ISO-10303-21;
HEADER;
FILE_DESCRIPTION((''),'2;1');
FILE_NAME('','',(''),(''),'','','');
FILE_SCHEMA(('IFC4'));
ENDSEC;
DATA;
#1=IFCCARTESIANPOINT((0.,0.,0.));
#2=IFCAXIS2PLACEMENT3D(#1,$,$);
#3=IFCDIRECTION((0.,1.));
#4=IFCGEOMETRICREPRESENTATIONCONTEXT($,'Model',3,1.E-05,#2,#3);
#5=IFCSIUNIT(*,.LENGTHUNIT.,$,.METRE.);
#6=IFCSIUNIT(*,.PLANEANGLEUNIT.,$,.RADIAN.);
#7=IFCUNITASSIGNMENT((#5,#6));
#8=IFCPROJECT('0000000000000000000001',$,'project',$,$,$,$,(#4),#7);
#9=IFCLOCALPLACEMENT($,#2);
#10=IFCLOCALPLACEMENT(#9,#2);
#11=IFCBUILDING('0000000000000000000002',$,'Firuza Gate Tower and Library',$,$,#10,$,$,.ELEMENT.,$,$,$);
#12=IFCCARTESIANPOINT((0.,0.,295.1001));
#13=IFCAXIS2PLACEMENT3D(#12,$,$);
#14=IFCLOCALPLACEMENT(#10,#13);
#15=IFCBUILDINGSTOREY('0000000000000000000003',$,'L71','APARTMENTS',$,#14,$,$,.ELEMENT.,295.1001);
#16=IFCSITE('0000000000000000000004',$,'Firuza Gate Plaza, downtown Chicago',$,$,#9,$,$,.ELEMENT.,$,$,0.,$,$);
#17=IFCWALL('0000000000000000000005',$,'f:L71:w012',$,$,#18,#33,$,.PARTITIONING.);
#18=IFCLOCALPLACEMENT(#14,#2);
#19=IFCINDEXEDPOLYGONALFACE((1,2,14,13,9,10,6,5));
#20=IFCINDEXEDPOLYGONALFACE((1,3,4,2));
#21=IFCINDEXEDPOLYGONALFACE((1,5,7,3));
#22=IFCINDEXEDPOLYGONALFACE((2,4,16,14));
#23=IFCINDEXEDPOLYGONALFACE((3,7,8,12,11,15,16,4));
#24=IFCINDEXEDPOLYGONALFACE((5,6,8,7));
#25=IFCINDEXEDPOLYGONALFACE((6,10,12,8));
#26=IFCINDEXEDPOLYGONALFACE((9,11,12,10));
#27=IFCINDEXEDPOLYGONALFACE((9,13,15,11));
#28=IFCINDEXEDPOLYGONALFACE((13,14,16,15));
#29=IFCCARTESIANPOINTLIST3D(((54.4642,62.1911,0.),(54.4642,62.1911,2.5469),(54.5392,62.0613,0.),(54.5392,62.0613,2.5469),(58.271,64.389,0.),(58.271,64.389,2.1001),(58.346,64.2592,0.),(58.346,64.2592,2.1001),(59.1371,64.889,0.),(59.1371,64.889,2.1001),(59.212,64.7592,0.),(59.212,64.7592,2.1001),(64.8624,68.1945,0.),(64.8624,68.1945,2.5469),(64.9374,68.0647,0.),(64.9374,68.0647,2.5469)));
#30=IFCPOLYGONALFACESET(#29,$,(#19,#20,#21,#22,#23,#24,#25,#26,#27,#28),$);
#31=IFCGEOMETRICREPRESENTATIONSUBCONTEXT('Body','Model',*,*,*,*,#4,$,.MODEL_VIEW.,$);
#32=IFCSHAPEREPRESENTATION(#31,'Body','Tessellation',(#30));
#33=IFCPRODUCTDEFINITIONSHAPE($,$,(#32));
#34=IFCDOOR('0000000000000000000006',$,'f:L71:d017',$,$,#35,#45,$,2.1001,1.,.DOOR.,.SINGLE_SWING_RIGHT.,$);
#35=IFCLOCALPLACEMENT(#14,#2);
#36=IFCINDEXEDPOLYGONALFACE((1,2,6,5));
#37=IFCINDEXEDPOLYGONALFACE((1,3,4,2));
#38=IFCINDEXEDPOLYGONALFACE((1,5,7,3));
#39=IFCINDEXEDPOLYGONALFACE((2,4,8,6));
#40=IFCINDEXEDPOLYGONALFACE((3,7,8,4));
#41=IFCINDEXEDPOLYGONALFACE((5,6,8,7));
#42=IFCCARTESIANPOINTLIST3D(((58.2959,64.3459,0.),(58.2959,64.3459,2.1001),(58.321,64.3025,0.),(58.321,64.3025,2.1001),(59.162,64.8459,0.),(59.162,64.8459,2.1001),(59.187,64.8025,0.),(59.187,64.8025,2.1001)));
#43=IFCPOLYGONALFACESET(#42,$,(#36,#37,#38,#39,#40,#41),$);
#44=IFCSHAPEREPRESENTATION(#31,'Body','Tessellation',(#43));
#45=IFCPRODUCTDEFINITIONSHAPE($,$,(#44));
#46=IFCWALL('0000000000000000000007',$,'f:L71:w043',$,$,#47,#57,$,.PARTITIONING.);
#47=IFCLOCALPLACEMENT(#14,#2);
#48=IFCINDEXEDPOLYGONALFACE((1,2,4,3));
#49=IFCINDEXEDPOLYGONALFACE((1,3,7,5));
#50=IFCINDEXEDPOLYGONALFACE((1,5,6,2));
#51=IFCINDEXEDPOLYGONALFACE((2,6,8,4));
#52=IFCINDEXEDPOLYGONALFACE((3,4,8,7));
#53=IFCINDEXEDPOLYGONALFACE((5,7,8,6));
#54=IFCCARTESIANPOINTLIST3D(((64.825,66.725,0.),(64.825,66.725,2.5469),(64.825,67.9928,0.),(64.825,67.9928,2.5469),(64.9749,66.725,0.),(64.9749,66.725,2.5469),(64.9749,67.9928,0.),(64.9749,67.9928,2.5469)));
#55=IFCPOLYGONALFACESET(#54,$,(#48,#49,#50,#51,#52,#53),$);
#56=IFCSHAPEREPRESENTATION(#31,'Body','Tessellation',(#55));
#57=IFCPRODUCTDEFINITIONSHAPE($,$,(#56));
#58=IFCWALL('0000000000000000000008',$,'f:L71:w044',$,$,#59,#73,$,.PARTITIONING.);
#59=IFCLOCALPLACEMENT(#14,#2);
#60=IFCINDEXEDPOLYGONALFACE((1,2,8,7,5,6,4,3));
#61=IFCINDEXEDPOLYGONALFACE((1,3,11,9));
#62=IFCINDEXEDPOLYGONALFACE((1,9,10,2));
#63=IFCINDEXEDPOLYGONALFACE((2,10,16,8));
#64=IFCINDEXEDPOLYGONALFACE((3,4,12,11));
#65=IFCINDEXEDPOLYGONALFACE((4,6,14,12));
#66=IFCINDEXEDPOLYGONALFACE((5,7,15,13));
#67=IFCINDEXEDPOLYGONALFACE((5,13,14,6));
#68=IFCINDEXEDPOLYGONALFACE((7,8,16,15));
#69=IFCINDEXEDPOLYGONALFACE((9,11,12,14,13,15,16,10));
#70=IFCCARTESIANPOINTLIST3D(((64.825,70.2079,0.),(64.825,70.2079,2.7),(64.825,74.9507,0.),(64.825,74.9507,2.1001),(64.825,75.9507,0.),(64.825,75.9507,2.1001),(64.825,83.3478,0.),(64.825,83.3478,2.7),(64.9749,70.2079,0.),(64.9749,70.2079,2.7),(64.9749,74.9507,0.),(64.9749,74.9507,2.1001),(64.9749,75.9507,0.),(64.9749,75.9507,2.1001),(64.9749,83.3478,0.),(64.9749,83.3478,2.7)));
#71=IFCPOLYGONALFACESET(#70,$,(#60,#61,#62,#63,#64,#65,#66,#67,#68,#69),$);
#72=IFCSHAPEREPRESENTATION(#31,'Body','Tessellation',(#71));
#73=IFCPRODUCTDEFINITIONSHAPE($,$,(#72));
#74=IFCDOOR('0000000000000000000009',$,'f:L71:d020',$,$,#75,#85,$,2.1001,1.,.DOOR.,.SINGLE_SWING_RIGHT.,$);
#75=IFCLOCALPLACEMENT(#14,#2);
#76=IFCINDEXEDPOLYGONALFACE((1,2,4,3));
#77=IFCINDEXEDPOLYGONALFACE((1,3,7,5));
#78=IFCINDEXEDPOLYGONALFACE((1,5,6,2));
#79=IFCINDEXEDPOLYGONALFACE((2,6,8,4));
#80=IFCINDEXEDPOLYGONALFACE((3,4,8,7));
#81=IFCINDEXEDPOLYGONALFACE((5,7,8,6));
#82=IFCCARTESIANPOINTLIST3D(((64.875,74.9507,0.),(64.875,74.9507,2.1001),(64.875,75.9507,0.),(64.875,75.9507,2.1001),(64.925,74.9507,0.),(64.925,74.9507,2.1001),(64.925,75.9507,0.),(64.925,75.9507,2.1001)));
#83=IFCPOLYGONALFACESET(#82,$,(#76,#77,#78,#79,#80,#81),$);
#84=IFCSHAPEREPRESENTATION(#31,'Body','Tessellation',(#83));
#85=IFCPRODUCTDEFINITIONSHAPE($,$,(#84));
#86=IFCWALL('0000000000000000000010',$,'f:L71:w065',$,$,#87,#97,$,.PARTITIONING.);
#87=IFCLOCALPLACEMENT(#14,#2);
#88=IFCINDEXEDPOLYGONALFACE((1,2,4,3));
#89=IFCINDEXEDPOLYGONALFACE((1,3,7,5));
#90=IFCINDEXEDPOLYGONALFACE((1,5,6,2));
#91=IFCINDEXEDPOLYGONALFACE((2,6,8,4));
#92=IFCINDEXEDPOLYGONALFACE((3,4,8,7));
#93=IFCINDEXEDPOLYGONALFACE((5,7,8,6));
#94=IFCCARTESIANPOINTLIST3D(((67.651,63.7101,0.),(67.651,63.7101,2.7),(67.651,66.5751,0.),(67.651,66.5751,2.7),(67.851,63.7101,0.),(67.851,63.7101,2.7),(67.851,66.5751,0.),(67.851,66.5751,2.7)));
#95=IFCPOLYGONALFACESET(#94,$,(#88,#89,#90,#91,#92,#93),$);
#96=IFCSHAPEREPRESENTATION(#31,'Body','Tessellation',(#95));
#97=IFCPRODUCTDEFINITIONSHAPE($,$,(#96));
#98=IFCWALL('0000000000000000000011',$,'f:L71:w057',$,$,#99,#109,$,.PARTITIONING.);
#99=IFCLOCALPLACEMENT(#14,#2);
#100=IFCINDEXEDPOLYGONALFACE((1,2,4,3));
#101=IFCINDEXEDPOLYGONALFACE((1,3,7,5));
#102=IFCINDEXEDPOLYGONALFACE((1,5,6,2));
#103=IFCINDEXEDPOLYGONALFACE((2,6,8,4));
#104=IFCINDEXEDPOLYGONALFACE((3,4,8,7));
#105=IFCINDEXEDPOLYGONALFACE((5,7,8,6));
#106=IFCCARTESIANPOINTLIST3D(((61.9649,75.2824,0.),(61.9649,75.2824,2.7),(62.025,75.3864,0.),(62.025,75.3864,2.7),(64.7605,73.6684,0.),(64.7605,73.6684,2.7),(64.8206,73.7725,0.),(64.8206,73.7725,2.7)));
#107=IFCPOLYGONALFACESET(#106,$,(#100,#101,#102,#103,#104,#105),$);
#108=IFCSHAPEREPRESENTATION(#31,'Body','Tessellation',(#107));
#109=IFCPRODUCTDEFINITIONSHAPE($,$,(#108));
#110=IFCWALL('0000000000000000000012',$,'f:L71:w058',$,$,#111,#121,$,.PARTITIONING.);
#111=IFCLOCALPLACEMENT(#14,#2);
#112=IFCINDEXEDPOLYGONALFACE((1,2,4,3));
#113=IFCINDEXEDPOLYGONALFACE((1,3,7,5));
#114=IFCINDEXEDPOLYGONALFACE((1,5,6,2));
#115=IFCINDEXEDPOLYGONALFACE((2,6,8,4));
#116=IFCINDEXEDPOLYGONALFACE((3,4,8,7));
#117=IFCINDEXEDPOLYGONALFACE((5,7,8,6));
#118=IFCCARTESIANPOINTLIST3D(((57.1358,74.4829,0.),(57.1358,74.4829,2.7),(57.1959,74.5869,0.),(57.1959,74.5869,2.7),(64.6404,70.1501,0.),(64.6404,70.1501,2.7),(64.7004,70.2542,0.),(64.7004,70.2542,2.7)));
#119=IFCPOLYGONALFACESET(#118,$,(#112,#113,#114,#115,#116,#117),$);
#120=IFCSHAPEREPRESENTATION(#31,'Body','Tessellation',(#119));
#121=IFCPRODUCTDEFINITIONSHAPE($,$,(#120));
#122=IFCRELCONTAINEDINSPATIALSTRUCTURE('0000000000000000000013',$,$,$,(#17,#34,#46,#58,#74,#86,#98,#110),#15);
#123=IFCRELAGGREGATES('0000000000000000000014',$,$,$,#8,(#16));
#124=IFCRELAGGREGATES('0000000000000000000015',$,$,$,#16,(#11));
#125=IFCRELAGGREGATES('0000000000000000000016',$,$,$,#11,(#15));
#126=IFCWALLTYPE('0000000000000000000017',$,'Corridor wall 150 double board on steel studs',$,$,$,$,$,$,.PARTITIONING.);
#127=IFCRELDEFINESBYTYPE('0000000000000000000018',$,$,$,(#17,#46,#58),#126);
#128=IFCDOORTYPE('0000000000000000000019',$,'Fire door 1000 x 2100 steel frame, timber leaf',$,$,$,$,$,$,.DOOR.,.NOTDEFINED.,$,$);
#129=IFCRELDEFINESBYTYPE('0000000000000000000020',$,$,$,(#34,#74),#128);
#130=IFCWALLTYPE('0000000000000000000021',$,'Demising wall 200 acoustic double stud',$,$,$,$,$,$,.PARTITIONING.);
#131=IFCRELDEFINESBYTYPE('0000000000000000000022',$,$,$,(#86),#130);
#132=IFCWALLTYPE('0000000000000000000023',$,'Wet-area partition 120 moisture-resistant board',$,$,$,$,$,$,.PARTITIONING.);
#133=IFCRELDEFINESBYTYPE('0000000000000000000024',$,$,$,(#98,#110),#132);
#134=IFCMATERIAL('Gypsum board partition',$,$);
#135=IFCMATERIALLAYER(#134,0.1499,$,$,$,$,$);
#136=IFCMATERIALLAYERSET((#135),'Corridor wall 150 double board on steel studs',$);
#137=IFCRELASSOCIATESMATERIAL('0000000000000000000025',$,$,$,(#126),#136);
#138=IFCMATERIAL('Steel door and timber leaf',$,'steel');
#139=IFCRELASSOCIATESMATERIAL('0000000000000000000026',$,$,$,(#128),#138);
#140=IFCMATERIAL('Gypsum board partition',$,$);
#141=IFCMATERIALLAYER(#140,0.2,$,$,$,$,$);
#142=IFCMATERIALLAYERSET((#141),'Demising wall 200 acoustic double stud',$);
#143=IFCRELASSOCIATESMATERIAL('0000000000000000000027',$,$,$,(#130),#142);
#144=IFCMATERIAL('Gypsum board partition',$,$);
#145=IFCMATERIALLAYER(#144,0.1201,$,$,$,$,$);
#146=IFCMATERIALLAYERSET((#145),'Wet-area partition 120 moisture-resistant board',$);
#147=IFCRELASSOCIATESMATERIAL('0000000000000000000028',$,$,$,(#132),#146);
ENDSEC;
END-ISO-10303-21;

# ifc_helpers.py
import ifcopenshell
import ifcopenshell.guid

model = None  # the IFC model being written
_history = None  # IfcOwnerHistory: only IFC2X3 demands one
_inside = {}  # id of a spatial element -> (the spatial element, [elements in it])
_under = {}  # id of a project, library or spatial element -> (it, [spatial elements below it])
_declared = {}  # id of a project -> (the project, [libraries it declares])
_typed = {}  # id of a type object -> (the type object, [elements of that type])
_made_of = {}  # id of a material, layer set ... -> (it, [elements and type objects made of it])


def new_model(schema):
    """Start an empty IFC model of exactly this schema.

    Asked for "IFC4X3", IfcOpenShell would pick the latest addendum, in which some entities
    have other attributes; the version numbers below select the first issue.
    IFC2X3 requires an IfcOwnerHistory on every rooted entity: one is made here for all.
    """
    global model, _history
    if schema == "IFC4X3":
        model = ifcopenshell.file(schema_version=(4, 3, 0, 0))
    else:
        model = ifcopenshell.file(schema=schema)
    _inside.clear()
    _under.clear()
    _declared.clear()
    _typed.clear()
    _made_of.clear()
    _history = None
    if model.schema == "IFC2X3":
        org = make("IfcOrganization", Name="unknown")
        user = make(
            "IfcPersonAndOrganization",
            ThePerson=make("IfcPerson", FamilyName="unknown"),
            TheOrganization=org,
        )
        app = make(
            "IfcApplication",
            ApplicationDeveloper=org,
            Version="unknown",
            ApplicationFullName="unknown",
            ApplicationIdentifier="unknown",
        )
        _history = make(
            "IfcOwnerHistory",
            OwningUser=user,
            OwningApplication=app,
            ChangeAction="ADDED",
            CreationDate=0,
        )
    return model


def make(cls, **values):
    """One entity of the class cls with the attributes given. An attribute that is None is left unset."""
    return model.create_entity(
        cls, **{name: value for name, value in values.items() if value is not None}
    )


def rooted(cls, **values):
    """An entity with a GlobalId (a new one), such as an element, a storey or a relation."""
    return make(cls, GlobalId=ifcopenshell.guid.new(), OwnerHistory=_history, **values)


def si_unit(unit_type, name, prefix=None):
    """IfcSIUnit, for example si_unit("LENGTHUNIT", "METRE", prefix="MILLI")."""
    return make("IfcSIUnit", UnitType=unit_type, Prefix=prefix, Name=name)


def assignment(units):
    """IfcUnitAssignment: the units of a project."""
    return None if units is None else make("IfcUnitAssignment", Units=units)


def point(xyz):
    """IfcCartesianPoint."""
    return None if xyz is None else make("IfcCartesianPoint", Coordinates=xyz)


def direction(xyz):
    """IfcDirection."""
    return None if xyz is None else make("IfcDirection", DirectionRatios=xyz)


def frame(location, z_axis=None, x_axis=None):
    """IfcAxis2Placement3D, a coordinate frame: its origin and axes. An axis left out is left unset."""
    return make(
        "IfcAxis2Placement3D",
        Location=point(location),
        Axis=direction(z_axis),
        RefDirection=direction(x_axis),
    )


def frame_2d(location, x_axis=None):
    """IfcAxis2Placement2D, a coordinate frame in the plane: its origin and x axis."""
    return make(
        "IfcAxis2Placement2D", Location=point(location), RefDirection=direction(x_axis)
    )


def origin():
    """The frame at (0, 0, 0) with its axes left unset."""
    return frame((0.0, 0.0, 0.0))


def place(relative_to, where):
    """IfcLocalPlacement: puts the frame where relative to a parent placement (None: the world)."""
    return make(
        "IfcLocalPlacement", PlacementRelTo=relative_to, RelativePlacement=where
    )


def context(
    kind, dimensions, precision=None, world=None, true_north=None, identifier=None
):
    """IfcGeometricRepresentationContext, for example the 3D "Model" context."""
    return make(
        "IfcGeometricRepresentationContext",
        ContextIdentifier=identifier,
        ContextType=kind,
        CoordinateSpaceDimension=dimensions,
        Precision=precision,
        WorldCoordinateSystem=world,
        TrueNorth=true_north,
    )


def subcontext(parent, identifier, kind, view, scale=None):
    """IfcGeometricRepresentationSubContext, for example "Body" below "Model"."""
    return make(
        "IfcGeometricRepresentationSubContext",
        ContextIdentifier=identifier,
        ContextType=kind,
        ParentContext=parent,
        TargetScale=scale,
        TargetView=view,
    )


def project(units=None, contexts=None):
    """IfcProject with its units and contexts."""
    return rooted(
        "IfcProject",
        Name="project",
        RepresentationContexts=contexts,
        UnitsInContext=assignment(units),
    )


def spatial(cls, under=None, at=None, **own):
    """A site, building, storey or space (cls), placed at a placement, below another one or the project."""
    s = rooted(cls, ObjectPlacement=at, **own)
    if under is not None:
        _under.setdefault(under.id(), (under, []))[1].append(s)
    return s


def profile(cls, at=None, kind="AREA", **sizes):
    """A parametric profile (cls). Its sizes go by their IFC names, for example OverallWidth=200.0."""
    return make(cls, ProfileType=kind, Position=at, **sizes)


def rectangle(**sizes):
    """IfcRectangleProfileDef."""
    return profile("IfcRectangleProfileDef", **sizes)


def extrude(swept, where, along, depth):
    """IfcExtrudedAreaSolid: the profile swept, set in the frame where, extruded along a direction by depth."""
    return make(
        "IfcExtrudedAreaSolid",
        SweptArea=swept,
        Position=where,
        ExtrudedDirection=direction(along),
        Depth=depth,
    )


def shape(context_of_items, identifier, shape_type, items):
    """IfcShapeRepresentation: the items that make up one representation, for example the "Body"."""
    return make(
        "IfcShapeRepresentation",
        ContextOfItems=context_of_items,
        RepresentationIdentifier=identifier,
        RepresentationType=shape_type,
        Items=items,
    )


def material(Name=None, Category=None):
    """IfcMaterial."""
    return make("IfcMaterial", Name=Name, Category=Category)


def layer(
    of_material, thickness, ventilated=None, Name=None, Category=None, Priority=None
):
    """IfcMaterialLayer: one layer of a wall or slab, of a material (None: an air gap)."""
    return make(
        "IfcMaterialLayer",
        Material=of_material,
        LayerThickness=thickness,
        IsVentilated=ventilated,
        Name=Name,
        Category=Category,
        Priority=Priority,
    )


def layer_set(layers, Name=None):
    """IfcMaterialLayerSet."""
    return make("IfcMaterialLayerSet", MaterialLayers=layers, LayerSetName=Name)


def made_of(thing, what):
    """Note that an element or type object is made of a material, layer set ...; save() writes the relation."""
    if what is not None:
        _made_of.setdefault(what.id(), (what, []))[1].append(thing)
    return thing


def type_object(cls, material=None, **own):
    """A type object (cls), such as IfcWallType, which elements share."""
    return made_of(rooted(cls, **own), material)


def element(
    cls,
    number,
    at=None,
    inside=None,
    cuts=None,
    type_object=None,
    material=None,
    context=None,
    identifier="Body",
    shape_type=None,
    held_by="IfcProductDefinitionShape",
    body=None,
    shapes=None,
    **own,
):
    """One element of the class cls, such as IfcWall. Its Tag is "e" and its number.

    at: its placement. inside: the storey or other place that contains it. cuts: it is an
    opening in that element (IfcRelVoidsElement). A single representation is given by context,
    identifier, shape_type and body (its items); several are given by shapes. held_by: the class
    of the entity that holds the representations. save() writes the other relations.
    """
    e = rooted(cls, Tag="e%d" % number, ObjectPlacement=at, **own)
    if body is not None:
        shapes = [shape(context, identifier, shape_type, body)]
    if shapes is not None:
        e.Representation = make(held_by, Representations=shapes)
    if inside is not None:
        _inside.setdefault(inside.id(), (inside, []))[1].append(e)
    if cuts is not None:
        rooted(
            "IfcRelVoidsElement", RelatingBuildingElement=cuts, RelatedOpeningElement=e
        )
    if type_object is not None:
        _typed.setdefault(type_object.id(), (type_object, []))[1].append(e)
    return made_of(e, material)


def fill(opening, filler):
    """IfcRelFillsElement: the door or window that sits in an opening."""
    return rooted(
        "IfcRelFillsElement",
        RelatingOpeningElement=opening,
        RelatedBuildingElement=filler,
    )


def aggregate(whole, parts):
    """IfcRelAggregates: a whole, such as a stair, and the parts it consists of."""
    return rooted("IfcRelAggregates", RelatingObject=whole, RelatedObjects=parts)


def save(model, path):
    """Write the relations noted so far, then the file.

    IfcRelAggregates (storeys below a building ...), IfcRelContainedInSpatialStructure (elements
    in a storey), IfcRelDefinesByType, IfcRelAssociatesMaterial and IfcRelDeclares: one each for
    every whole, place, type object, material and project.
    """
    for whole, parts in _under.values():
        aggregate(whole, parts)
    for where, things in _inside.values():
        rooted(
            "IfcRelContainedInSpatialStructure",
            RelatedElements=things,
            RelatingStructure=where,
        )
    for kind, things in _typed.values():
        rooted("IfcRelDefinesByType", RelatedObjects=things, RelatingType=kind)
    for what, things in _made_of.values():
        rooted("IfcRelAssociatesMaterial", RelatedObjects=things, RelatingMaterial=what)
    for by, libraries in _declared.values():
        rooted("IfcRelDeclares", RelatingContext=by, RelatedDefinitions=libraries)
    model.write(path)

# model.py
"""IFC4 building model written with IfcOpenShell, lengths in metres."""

from ifc_helpers import new_model, si_unit, direction, frame, frame_2d, origin, place, context, subcontext, project, spatial, rectangle, extrude, material, layer, layer_set, type_object, element, fill, save


model = new_model("IFC4")

# Units and contexts
model_context = context("Model", 3, precision=1e-05, world=origin(), true_north=direction((0.0, 1.0)))
body_context = subcontext(model_context, "Body", "Model", "MODEL_VIEW")
ifc_project = project(units=[si_unit("LENGTHUNIT", "METRE"), si_unit("PLANEANGLEUNIT", "RADIAN")], contexts=[model_context])

# Site, building, storey
site_placement = place(None, origin())
site = spatial("IfcSite", under=ifc_project, at=site_placement, Name="Firuza Gate Plaza, downtown Chicago", CompositionType="ELEMENT", RefElevation=0.0)
building_placement = place(site_placement, origin())
building = spatial("IfcBuilding", under=site, at=building_placement, Name="Firuza Gate Tower and Library", CompositionType="ELEMENT")
storey_placement = place(building_placement, frame((0.0, 0.0, 295.1001)))
storey = spatial("IfcBuildingStorey", under=building, at=storey_placement, Name="L71", Description="APARTMENTS", CompositionType="ELEMENT", Elevation=295.1001)

# Wall, opening, door
ifc_material_1 = material(Name="Gypsum board partition")
ifc_layer_1 = layer(ifc_material_1, 0.1499)
ifc_layer_set_1 = layer_set([ifc_layer_1], Name="Corridor wall 150 double board on steel studs")
wall_type_1 = type_object("IfcWallType", Name="Corridor wall 150 double board on steel studs", PredefinedType="PARTITIONING", material=ifc_layer_set_1)
wall_1_placement = place(storey_placement, frame((64.8999, 68.1296, 0.0), z_axis=(0.0, 0.0, 1.0), x_axis=(-0.866025, -0.500001, 0.0)))
wall_1 = element("IfcWall", 1, at=wall_1_placement, inside=storey, type_object=wall_type_1, Name="f:L71:w012", PredefinedType="PARTITIONING", context=body_context, shape_type="SweptSolid", body=[
    extrude(rectangle(XDim=12.0068, YDim=0.1499, at=frame_2d((6.0034, 0.0))), origin(), (0.0, 0.0, 1.0), 2.5469),
])
opening_1_placement = place(wall_1_placement, frame((6.6111, 0.0, 0.0)))
opening_1 = element("IfcOpeningElement", 2, at=opening_1_placement, cuts=wall_1, PredefinedType="OPENING", context=body_context, shape_type="SweptSolid", body=[
    extrude(rectangle(XDim=1.0, YDim=2.1001, at=frame_2d((0.5, 1.05))), frame((0.0, 0.085, 0.0), z_axis=(0.0, -1.0, 0.0), x_axis=(1.0, 0.0, 0.0)), (0.0, 0.0, 1.0), 0.1699),
])
ifc_material_2 = material(Name="Steel door and timber leaf", Category="steel")
door_type_1 = type_object("IfcDoorType", Name="Fire door 1000 x 2100 steel frame, timber leaf", OperationType="NOTDEFINED", PredefinedType="DOOR", material=ifc_material_2)
door_1_placement = place(opening_1_placement, origin())
door_1 = element("IfcDoor", 3, at=door_1_placement, inside=storey, type_object=door_type_1, Name="f:L71:d017", OperationType="SINGLE_SWING_RIGHT", OverallHeight=2.1001, OverallWidth=1.0, PredefinedType="DOOR", context=body_context, shape_type="SweptSolid", body=[
    extrude(rectangle(XDim=1.0, YDim=2.1001, at=frame_2d((0.5, 1.05))), frame((0.0, 0.0249, 0.0), z_axis=(0.0, -1.0, 0.0), x_axis=(1.0, 0.0, 0.0)), (0.0, 0.0, 1.0), 0.05),
])
fill(opening_1, door_1)

# Wall
wall_2_placement = place(storey_placement, frame((64.8999, 66.7251, 0.0), z_axis=(0.0, 0.0, 1.0), x_axis=(0.0, 1.0, 0.0)))
element("IfcWall", 4, at=wall_2_placement, inside=storey, type_object=wall_type_1, Name="f:L71:w043", PredefinedType="PARTITIONING", context=body_context, shape_type="SweptSolid", body=[
    extrude(rectangle(XDim=1.2678, YDim=0.1499, at=frame_2d((0.6338, 0.0))), origin(), (0.0, 0.0, 1.0), 2.5469),
])

# Wall, opening, door
wall_3_placement = place(storey_placement, frame((64.8999, 70.208, 0.0), z_axis=(0.0, 0.0, 1.0), x_axis=(0.0, 1.0, 0.0)))
wall_3 = element("IfcWall", 5, at=wall_3_placement, inside=storey, type_object=wall_type_1, Name="f:L71:w044", PredefinedType="PARTITIONING", context=body_context, shape_type="SweptSolid", body=[
    extrude(rectangle(XDim=13.1399, YDim=0.1499, at=frame_2d((6.5698, 0.0))), origin(), (0.0, 0.0, 1.0), 2.7),
])
opening_2_placement = place(wall_3_placement, frame((4.7427, 0.0, 0.0)))
opening_2 = element("IfcOpeningElement", 6, at=opening_2_placement, cuts=wall_3, PredefinedType="OPENING", context=body_context, shape_type="SweptSolid", body=[
    extrude(rectangle(XDim=1.0, YDim=2.1001, at=frame_2d((0.5, 1.05))), frame((0.0, 0.085, 0.0), z_axis=(0.0, -1.0, 0.0), x_axis=(1.0, 0.0, 0.0)), (0.0, 0.0, 1.0), 0.1699),
])
door_2_placement = place(opening_2_placement, origin())
door_2 = element("IfcDoor", 7, at=door_2_placement, inside=storey, type_object=door_type_1, Name="f:L71:d020", OperationType="SINGLE_SWING_RIGHT", OverallHeight=2.1001, OverallWidth=1.0, PredefinedType="DOOR", context=body_context, shape_type="SweptSolid", body=[
    extrude(rectangle(XDim=1.0, YDim=2.1001, at=frame_2d((0.5, 1.05))), frame((0.0, 0.0249, 0.0), z_axis=(0.0, -1.0, 0.0), x_axis=(1.0, 0.0, 0.0)), (0.0, 0.0, 1.0), 0.05),
])
fill(opening_2, door_2)

# Walls
ifc_material_3 = material(Name="Gypsum board partition")
ifc_layer_2 = layer(ifc_material_3, 0.2)
ifc_layer_set_2 = layer_set([ifc_layer_2], Name="Demising wall 200 acoustic double stud")
wall_type_2 = type_object("IfcWallType", Name="Demising wall 200 acoustic double stud", PredefinedType="PARTITIONING", material=ifc_layer_set_2)
wall_4_placement = place(storey_placement, frame((67.751, 63.71, 0.0), z_axis=(0.0, 0.0, 1.0), x_axis=(0.0, 1.0, 0.0)))
element("IfcWall", 8, at=wall_4_placement, inside=storey, type_object=wall_type_2, Name="f:L71:w065", PredefinedType="PARTITIONING", context=body_context, shape_type="SweptSolid", body=[
    extrude(rectangle(XDim=2.865, YDim=0.2, at=frame_2d((1.4326, 0.0))), origin(), (0.0, 0.0, 1.0), 2.7),
])
ifc_material_4 = material(Name="Gypsum board partition")
ifc_layer_3 = layer(ifc_material_4, 0.1201)
ifc_layer_set_3 = layer_set([ifc_layer_3], Name="Wet-area partition 120 moisture-resistant board")
wall_type_3 = type_object("IfcWallType", Name="Wet-area partition 120 moisture-resistant board", PredefinedType="PARTITIONING", material=ifc_layer_set_3)
wall_5_placement = place(storey_placement, frame((64.7905, 73.7205, 0.0), z_axis=(0.0, 0.0, 1.0), x_axis=(-0.866033, 0.499987, 0.0)))
element("IfcWall", 9, at=wall_5_placement, inside=storey, type_object=wall_type_3, Name="f:L71:w057", PredefinedType="PARTITIONING", context=body_context, shape_type="SweptSolid", body=[
    extrude(rectangle(XDim=3.228, YDim=0.1201, at=frame_2d((1.614, 0.0))), origin(), (0.0, 0.0, 1.0), 2.7),
])
wall_6_placement = place(storey_placement, frame((64.6704, 70.2021, 0.0), z_axis=(0.0, 0.0, 1.0), x_axis=(-0.866027, 0.499996, 0.0)))
element("IfcWall", 10, at=wall_6_placement, inside=storey, type_object=wall_type_3, Name="f:L71:w058", PredefinedType="PARTITIONING", context=body_context, shape_type="SweptSolid", body=[
    extrude(rectangle(XDim=8.6655, YDim=0.1201, at=frame_2d((4.3328, 0.0))), origin(), (0.0, 0.0, 1.0), 2.7),
])

save(model, "model.ifc")
